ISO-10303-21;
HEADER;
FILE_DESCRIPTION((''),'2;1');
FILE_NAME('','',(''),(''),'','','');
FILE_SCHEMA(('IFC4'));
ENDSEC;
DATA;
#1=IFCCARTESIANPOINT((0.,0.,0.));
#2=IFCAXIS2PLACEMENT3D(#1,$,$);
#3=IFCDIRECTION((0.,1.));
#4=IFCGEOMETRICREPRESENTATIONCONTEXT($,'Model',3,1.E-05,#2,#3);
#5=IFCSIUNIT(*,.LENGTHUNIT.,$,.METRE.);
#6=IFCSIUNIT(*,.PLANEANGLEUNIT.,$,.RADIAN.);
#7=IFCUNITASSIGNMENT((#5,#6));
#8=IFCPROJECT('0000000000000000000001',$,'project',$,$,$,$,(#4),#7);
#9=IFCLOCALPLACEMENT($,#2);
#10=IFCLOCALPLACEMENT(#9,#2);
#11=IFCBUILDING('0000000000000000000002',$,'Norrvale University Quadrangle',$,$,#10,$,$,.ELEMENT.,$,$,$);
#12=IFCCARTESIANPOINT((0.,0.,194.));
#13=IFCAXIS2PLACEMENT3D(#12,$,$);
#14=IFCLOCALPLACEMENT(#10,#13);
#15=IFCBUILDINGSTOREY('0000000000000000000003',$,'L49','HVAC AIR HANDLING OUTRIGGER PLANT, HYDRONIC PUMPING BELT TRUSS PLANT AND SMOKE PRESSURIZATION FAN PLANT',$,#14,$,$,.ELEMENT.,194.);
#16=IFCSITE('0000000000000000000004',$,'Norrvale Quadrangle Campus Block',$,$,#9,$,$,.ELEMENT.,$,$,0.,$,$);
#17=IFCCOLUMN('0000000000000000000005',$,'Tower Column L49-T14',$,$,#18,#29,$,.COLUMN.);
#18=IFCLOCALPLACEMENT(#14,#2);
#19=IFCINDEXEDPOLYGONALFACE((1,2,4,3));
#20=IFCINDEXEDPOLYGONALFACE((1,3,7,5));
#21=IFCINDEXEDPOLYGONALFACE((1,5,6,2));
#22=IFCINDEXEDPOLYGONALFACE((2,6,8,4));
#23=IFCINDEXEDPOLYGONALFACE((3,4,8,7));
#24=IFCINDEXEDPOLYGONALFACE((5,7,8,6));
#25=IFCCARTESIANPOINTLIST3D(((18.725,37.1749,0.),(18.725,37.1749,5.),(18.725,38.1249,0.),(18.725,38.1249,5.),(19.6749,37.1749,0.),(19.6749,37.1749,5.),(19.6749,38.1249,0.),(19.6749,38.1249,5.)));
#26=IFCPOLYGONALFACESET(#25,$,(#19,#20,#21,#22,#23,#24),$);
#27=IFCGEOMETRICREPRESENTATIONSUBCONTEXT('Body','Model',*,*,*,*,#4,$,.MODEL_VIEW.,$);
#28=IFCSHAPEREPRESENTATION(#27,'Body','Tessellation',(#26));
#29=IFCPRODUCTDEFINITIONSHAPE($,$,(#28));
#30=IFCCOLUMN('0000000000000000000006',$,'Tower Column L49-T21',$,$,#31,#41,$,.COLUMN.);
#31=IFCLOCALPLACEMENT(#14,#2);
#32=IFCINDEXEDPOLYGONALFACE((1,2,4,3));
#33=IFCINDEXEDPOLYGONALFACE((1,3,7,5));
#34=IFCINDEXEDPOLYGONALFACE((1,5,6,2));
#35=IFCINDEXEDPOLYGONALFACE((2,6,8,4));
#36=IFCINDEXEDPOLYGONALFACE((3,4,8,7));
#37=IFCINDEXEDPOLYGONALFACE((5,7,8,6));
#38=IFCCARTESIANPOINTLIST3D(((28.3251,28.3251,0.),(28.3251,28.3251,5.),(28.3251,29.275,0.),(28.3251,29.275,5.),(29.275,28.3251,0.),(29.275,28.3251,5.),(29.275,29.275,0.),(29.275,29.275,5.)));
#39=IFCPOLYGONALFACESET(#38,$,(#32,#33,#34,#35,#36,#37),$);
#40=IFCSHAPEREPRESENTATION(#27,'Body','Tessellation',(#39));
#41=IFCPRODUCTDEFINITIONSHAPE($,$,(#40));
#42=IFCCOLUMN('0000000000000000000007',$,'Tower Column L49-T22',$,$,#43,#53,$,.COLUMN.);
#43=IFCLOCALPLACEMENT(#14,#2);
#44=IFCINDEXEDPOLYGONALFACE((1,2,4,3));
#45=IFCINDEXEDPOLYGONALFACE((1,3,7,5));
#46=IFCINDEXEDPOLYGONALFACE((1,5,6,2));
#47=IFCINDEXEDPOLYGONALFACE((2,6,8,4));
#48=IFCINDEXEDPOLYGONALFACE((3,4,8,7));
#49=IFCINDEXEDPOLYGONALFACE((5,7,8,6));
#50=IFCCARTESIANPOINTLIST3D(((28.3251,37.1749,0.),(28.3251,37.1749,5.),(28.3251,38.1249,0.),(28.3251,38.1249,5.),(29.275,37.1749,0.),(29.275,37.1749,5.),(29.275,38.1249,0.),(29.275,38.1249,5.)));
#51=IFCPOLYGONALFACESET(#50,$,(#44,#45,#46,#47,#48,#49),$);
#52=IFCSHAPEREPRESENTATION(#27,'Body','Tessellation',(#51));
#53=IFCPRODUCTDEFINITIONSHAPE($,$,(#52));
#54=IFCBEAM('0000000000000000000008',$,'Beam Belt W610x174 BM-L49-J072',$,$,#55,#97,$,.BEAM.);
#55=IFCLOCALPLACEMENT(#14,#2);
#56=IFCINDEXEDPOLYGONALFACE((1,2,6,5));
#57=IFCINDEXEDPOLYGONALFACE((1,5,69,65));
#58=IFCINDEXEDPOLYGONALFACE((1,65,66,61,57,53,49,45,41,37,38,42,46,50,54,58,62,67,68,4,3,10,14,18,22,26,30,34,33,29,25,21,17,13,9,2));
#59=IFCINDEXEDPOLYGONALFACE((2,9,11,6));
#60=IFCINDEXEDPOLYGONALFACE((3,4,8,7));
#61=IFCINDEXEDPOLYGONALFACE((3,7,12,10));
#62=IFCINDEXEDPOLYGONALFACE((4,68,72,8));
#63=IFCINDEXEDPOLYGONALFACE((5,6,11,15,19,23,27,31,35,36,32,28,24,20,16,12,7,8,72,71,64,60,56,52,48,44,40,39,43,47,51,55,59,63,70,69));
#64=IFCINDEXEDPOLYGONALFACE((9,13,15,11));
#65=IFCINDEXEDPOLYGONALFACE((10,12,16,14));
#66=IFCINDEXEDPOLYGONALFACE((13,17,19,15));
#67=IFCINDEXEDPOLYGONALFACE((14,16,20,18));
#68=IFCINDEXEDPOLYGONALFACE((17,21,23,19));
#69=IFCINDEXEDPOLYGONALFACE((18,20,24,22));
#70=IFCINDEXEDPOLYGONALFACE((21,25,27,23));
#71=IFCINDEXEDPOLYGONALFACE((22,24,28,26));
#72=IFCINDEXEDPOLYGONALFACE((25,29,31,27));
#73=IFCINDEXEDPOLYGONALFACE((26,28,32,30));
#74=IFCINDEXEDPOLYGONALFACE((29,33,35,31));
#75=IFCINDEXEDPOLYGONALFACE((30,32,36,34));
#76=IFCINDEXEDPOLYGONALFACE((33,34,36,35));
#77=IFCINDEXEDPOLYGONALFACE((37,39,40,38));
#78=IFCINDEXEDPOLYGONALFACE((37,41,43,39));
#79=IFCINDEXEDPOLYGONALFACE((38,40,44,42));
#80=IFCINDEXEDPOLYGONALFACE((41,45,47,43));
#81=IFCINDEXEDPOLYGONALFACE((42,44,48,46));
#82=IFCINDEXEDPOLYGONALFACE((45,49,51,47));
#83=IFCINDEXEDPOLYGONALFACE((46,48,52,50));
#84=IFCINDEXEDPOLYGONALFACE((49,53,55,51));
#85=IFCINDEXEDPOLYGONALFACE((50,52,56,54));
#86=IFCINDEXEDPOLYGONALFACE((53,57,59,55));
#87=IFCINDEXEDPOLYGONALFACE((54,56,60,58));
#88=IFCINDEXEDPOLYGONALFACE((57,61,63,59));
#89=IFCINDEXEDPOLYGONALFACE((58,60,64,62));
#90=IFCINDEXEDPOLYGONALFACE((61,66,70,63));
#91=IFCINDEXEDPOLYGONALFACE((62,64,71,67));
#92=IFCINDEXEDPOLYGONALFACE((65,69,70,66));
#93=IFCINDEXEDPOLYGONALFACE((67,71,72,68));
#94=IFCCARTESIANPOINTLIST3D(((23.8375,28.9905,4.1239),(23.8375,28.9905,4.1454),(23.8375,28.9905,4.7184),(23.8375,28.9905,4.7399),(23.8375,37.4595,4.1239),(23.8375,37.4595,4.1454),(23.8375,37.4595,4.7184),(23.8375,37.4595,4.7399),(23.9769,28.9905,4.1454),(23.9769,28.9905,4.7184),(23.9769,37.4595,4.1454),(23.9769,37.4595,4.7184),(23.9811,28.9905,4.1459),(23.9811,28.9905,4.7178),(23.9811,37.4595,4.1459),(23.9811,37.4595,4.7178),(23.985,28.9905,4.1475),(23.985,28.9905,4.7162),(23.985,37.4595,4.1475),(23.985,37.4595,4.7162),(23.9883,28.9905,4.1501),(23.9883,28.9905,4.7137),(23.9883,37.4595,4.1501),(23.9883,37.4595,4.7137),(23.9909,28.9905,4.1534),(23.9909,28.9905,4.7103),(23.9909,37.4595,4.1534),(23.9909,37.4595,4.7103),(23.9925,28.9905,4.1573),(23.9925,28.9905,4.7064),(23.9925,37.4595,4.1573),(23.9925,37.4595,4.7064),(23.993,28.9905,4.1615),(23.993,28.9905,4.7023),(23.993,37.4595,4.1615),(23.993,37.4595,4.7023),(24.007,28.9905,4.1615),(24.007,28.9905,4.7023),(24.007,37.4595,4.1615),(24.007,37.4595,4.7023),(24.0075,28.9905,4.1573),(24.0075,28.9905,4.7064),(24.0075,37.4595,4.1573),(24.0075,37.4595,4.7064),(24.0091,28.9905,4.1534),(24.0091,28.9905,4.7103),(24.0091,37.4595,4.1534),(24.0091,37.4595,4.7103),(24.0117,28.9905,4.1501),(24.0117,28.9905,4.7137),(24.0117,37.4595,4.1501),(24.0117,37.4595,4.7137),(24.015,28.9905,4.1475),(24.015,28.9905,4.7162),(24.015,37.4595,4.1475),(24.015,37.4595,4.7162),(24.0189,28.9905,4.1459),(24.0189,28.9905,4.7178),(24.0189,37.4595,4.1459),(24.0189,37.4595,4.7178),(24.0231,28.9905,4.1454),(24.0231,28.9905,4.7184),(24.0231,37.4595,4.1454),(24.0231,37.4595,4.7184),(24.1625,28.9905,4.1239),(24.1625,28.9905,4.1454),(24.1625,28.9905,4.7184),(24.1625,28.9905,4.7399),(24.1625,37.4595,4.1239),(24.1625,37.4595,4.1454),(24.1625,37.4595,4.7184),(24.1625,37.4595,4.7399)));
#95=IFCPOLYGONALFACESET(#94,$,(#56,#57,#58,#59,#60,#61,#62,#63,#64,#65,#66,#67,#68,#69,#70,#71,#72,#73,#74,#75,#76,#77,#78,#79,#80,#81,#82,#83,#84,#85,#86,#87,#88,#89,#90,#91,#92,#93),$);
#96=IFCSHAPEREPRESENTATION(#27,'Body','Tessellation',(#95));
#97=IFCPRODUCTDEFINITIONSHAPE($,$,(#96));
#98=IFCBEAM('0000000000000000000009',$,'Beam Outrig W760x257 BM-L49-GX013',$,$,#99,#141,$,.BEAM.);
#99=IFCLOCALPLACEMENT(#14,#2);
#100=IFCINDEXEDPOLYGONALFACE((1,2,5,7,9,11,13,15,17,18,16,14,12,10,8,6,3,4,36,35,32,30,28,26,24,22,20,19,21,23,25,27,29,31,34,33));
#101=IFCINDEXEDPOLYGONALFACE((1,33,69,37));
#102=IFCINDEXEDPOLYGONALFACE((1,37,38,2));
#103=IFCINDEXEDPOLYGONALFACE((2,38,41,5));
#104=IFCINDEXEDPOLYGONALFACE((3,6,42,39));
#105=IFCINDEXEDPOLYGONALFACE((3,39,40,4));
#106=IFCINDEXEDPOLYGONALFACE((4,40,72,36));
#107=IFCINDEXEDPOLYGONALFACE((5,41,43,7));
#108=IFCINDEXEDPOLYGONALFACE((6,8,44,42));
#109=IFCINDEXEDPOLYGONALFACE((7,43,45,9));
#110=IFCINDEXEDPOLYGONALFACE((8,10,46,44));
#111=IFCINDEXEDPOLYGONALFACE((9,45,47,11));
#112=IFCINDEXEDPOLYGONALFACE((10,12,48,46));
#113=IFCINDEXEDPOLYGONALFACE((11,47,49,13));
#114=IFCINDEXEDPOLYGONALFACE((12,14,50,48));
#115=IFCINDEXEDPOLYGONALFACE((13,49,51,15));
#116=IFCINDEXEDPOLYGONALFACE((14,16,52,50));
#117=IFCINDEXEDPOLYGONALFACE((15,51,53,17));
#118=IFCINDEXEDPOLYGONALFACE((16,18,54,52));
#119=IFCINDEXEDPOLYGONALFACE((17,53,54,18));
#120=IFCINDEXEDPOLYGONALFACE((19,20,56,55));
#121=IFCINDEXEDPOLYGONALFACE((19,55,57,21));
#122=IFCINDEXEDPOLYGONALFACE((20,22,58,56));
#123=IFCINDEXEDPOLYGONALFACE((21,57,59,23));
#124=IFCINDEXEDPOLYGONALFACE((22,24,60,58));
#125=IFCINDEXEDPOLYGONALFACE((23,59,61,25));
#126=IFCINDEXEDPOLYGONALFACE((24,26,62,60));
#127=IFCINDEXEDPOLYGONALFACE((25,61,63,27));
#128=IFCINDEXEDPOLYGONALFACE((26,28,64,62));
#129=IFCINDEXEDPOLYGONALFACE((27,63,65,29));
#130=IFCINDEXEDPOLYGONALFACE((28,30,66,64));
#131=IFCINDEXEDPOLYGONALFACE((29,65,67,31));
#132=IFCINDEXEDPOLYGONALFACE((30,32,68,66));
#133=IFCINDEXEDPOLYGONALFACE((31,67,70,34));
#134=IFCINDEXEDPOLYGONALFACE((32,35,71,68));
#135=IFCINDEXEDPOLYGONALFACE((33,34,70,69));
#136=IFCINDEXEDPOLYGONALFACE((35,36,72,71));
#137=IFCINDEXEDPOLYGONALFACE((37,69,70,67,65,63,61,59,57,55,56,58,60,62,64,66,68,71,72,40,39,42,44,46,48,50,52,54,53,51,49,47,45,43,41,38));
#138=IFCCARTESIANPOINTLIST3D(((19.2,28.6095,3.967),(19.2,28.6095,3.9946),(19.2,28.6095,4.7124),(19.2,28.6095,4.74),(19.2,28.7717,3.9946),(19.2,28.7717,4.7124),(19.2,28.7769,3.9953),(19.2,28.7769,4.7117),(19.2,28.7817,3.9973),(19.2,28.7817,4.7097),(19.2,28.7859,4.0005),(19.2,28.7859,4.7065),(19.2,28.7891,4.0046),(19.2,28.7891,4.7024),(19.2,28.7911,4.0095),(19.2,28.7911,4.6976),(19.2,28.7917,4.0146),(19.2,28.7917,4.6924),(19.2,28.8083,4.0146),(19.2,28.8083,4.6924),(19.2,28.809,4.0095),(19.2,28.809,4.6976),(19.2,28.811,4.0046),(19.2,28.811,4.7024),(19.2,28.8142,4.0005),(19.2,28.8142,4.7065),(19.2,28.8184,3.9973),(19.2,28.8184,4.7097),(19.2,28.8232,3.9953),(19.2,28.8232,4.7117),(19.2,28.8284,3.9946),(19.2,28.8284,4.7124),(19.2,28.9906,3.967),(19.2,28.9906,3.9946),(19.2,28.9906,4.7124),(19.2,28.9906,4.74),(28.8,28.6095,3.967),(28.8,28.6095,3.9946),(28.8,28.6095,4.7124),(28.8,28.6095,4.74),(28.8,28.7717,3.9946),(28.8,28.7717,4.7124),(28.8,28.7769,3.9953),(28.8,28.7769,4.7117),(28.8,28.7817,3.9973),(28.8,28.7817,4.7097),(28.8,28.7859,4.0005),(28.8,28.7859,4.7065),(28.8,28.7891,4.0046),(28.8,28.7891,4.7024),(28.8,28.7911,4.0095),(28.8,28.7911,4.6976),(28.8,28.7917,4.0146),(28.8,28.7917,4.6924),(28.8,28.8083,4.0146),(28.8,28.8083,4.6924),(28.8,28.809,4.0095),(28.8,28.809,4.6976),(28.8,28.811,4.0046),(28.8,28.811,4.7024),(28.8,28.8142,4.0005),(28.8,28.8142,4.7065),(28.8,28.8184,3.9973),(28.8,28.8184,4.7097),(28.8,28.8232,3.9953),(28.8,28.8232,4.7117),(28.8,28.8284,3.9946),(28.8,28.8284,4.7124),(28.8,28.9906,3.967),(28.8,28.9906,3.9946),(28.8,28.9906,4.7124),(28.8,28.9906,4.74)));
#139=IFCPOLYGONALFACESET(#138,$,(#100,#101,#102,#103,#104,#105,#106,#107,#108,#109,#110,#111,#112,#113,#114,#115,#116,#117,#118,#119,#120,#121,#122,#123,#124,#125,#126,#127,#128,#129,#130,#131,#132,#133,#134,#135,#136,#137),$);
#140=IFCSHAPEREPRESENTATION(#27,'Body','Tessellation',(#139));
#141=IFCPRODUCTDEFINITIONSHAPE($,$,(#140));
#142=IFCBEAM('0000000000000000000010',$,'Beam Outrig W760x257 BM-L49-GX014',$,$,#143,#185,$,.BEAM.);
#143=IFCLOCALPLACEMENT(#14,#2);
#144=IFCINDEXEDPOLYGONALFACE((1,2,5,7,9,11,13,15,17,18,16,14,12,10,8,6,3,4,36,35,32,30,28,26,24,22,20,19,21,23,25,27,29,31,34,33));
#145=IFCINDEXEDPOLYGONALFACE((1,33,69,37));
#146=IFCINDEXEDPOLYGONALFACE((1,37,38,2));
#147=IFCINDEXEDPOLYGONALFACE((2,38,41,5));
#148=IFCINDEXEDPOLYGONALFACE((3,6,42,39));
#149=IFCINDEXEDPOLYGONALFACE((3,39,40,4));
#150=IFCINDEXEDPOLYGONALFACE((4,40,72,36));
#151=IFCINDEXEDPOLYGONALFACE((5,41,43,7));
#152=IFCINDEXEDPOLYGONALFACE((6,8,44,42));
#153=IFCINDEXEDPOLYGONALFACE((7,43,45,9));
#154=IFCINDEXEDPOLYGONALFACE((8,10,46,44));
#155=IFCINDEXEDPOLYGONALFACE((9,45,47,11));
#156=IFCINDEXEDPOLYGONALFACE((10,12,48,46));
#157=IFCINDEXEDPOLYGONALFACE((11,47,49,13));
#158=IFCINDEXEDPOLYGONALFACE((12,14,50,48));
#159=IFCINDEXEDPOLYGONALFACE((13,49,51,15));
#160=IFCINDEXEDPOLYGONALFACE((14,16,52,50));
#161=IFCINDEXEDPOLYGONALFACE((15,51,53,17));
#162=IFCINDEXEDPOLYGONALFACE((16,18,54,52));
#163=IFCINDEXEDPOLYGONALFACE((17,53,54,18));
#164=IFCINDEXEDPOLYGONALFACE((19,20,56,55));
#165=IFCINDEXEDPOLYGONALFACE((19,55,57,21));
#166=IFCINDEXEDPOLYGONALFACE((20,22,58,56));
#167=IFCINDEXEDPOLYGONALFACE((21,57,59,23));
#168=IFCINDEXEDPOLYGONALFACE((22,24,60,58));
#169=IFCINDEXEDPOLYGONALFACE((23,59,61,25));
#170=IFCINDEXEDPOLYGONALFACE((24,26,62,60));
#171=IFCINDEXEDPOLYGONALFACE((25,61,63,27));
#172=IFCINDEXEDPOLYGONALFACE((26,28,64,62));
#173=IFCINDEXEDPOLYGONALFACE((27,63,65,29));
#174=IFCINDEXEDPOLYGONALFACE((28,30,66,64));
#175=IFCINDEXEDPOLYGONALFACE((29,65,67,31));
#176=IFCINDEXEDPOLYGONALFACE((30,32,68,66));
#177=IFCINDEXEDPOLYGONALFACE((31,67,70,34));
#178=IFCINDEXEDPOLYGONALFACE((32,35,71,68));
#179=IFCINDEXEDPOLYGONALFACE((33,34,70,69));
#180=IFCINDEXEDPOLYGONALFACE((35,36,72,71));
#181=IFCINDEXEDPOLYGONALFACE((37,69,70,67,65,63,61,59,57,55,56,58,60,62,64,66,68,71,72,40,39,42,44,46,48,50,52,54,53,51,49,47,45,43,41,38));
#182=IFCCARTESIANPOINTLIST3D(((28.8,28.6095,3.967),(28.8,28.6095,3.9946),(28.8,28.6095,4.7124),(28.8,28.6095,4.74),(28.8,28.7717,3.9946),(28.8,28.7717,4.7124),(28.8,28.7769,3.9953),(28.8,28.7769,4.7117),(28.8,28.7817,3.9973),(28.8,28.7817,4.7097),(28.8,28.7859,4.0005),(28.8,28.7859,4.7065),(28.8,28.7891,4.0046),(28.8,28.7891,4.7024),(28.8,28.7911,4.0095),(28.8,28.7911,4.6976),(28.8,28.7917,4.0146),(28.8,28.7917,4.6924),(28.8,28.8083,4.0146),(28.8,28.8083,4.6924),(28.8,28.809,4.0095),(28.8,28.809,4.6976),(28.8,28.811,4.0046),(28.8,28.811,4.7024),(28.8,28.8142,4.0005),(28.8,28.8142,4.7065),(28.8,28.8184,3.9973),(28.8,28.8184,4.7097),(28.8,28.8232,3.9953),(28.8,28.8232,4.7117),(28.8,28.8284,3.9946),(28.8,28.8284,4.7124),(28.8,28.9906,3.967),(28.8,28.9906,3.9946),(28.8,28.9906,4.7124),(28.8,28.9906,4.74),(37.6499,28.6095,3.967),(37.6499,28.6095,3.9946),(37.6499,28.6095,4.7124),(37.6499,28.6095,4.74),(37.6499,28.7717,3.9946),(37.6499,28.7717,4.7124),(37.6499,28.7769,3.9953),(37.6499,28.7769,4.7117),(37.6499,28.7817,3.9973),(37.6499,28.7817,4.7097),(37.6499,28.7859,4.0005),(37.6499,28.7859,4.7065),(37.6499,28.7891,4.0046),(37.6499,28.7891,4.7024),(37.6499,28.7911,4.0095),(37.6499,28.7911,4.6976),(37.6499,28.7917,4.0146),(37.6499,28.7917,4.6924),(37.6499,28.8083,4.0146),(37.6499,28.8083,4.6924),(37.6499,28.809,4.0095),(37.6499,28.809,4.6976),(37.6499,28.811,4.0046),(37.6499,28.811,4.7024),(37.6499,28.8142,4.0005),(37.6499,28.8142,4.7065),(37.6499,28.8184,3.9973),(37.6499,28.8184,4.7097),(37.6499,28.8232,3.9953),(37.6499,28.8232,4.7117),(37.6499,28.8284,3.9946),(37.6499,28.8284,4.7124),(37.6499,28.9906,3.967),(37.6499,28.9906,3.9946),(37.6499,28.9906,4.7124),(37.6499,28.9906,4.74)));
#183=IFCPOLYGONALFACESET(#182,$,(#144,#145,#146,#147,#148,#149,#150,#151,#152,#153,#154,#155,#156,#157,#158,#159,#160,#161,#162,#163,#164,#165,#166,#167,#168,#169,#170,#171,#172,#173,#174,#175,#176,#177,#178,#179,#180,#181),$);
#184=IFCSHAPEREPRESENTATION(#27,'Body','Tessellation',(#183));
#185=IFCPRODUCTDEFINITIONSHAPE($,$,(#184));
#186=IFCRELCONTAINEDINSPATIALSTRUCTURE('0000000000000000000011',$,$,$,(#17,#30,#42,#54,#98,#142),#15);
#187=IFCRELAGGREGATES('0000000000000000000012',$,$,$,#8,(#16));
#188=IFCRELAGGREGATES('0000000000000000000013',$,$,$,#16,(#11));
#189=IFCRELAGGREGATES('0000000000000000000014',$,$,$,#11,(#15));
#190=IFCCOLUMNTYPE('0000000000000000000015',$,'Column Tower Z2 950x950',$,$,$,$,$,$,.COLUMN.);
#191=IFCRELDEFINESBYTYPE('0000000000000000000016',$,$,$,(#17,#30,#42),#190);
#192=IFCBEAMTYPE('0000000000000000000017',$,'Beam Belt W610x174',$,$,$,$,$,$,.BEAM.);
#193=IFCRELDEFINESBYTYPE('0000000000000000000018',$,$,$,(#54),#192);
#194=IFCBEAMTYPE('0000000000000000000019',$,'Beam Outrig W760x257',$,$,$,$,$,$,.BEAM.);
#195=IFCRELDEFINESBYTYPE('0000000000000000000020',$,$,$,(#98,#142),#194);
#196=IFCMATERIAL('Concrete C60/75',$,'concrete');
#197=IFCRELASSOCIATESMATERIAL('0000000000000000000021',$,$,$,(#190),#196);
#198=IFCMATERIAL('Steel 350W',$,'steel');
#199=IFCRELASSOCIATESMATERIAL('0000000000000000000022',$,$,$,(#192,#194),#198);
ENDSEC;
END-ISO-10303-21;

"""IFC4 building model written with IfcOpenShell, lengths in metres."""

from ifc_helpers import new_model, si_unit, direction, frame, origin, origin_2d, place, context, subcontext, project, spatial, rectangle, i_section, extrude, material, material_profile, profile_set, type_object, element, save


model = new_model("IFC4")

# Units and contexts
model_context = context("Model", 3, precision=1e-05, world=origin(), true_north=direction((0.0, 1.0)))
body_context = subcontext(model_context, "Body", "Model", "MODEL_VIEW")
ifc_project = project(units=[si_unit("LENGTHUNIT", "METRE"), si_unit("PLANEANGLEUNIT", "RADIAN")], contexts=[model_context])

# Site, building, storey
site_placement = place(None, origin())
site = spatial("IfcSite", under=ifc_project, at=site_placement, Name="Norrvale Quadrangle Campus Block", CompositionType="ELEMENT", RefElevation=0.0)
building_placement = place(site_placement, origin())
building = spatial("IfcBuilding", under=site, at=building_placement, Name="Norrvale University Quadrangle", CompositionType="ELEMENT")
storey_placement = place(building_placement, frame((0.0, 0.0, 194.0)))
storey = spatial("IfcBuildingStorey", under=building, at=storey_placement, Name="L49", Description="HVAC AIR HANDLING OUTRIGGER PLANT, HYDRONIC PUMPING BELT TRUSS PLANT AND SMOKE PRESSURIZATION FAN PLANT", CompositionType="ELEMENT", Elevation=194.0)

# Columns
ifc_material_1 = material(Name="Concrete C60/75", Category="concrete")
ifc_material_profile_1 = material_profile(ifc_material_1, rectangle(XDim=0.95, YDim=0.95, at=origin_2d()), Name="Concrete C60/75")
ifc_profile_set_1 = profile_set([ifc_material_profile_1], Name="Concrete C60/75")
column_type = type_object("IfcColumnType", Name="Column Tower Z2 950x950", PredefinedType="COLUMN", material=ifc_profile_set_1)
for number, where, z_axis, x_axis, name in (
    (1, (19.2, 37.6499, 0.0), (0.0, 0.0, 1.0), (1.0, 0.0, 0.0), "Tower Column L49-T14"),
    (2, (28.8, 28.8, 0.0), (0.0, 0.0, 1.0), (1.0, 0.0, 0.0), "Tower Column L49-T21"),
    (3, (28.8, 37.6499, 0.0), (0.0, 0.0, 1.0), (1.0, 0.0, 0.0), "Tower Column L49-T22"),
):
    element("IfcColumn", number, at=place(storey_placement, frame(where, z_axis=z_axis, x_axis=x_axis)), inside=storey, type_object=column_type, Name=name, PredefinedType="COLUMN", context=body_context, shape_type="SweptSolid", body=[
        extrude(rectangle(XDim=0.95, YDim=0.95, at=origin_2d()), origin(), (0.0, 0.0, 1.0), 5.0),
    ])

# Beams
ifc_material_2 = material(Name="Steel 350W", Category="steel")
ifc_material_profile_2 = material_profile(ifc_material_2, i_section(OverallWidth=0.325, OverallDepth=0.616, WebThickness=0.0139, FlangeThickness=0.0215, FilletRadius=0.0161, at=origin_2d()), Name="Steel 350W")
ifc_profile_set_2 = profile_set([ifc_material_profile_2], Name="Steel 350W")
beam_type_1 = type_object("IfcBeamType", Name="Beam Belt W610x174", PredefinedType="BEAM", material=ifc_profile_set_2)
beam_1_placement = place(storey_placement, frame((24.0, 28.9905, 4.4319), z_axis=(0.0, 1.0, 0.0), x_axis=(-1.0, 0.0, 0.0)))
element("IfcBeam", 4, at=beam_1_placement, inside=storey, type_object=beam_type_1, Name="Beam Belt W610x174 BM-L49-J072", PredefinedType="BEAM", context=body_context, shape_type="SweptSolid", body=[
    extrude(i_section(OverallWidth=0.325, OverallDepth=0.616, WebThickness=0.0139, FlangeThickness=0.0215, FilletRadius=0.0161, at=origin_2d()), origin(), (0.0, 0.0, 1.0), 8.469),
])
ifc_material_profile_3 = material_profile(ifc_material_2, i_section(OverallWidth=0.3811, OverallDepth=0.7729, WebThickness=0.0166, FlangeThickness=0.0276, FilletRadius=0.02, at=origin_2d()), Name="Steel 350W")
ifc_profile_set_3 = profile_set([ifc_material_profile_3], Name="Steel 350W")
beam_type_2 = type_object("IfcBeamType", Name="Beam Outrig W760x257", PredefinedType="BEAM", material=ifc_profile_set_3)
beam_2_placement = place(storey_placement, frame((19.2, 28.8, 4.3535), z_axis=(1.0, 0.0, 0.0), x_axis=(0.0, 1.0, 0.0)))
element("IfcBeam", 5, at=beam_2_placement, inside=storey, type_object=beam_type_2, Name="Beam Outrig W760x257 BM-L49-GX013", PredefinedType="BEAM", context=body_context, shape_type="SweptSolid", body=[
    extrude(i_section(OverallWidth=0.3811, OverallDepth=0.7729, WebThickness=0.0166, FlangeThickness=0.0276, FilletRadius=0.02, at=origin_2d()), origin(), (0.0, 0.0, 1.0), 9.6001),
])
beam_3_placement = place(storey_placement, frame((28.8, 28.8, 4.3535), z_axis=(1.0, 0.0, 0.0), x_axis=(0.0, 1.0, 0.0)))
element("IfcBeam", 6, at=beam_3_placement, inside=storey, type_object=beam_type_2, Name="Beam Outrig W760x257 BM-L49-GX014", PredefinedType="BEAM", context=body_context, shape_type="SweptSolid", body=[
    extrude(i_section(OverallWidth=0.3811, OverallDepth=0.7729, WebThickness=0.0166, FlangeThickness=0.0276, FilletRadius=0.02, at=origin_2d()), origin(), (0.0, 0.0, 1.0), 8.8499),
])

save(model, "model.ifc")
